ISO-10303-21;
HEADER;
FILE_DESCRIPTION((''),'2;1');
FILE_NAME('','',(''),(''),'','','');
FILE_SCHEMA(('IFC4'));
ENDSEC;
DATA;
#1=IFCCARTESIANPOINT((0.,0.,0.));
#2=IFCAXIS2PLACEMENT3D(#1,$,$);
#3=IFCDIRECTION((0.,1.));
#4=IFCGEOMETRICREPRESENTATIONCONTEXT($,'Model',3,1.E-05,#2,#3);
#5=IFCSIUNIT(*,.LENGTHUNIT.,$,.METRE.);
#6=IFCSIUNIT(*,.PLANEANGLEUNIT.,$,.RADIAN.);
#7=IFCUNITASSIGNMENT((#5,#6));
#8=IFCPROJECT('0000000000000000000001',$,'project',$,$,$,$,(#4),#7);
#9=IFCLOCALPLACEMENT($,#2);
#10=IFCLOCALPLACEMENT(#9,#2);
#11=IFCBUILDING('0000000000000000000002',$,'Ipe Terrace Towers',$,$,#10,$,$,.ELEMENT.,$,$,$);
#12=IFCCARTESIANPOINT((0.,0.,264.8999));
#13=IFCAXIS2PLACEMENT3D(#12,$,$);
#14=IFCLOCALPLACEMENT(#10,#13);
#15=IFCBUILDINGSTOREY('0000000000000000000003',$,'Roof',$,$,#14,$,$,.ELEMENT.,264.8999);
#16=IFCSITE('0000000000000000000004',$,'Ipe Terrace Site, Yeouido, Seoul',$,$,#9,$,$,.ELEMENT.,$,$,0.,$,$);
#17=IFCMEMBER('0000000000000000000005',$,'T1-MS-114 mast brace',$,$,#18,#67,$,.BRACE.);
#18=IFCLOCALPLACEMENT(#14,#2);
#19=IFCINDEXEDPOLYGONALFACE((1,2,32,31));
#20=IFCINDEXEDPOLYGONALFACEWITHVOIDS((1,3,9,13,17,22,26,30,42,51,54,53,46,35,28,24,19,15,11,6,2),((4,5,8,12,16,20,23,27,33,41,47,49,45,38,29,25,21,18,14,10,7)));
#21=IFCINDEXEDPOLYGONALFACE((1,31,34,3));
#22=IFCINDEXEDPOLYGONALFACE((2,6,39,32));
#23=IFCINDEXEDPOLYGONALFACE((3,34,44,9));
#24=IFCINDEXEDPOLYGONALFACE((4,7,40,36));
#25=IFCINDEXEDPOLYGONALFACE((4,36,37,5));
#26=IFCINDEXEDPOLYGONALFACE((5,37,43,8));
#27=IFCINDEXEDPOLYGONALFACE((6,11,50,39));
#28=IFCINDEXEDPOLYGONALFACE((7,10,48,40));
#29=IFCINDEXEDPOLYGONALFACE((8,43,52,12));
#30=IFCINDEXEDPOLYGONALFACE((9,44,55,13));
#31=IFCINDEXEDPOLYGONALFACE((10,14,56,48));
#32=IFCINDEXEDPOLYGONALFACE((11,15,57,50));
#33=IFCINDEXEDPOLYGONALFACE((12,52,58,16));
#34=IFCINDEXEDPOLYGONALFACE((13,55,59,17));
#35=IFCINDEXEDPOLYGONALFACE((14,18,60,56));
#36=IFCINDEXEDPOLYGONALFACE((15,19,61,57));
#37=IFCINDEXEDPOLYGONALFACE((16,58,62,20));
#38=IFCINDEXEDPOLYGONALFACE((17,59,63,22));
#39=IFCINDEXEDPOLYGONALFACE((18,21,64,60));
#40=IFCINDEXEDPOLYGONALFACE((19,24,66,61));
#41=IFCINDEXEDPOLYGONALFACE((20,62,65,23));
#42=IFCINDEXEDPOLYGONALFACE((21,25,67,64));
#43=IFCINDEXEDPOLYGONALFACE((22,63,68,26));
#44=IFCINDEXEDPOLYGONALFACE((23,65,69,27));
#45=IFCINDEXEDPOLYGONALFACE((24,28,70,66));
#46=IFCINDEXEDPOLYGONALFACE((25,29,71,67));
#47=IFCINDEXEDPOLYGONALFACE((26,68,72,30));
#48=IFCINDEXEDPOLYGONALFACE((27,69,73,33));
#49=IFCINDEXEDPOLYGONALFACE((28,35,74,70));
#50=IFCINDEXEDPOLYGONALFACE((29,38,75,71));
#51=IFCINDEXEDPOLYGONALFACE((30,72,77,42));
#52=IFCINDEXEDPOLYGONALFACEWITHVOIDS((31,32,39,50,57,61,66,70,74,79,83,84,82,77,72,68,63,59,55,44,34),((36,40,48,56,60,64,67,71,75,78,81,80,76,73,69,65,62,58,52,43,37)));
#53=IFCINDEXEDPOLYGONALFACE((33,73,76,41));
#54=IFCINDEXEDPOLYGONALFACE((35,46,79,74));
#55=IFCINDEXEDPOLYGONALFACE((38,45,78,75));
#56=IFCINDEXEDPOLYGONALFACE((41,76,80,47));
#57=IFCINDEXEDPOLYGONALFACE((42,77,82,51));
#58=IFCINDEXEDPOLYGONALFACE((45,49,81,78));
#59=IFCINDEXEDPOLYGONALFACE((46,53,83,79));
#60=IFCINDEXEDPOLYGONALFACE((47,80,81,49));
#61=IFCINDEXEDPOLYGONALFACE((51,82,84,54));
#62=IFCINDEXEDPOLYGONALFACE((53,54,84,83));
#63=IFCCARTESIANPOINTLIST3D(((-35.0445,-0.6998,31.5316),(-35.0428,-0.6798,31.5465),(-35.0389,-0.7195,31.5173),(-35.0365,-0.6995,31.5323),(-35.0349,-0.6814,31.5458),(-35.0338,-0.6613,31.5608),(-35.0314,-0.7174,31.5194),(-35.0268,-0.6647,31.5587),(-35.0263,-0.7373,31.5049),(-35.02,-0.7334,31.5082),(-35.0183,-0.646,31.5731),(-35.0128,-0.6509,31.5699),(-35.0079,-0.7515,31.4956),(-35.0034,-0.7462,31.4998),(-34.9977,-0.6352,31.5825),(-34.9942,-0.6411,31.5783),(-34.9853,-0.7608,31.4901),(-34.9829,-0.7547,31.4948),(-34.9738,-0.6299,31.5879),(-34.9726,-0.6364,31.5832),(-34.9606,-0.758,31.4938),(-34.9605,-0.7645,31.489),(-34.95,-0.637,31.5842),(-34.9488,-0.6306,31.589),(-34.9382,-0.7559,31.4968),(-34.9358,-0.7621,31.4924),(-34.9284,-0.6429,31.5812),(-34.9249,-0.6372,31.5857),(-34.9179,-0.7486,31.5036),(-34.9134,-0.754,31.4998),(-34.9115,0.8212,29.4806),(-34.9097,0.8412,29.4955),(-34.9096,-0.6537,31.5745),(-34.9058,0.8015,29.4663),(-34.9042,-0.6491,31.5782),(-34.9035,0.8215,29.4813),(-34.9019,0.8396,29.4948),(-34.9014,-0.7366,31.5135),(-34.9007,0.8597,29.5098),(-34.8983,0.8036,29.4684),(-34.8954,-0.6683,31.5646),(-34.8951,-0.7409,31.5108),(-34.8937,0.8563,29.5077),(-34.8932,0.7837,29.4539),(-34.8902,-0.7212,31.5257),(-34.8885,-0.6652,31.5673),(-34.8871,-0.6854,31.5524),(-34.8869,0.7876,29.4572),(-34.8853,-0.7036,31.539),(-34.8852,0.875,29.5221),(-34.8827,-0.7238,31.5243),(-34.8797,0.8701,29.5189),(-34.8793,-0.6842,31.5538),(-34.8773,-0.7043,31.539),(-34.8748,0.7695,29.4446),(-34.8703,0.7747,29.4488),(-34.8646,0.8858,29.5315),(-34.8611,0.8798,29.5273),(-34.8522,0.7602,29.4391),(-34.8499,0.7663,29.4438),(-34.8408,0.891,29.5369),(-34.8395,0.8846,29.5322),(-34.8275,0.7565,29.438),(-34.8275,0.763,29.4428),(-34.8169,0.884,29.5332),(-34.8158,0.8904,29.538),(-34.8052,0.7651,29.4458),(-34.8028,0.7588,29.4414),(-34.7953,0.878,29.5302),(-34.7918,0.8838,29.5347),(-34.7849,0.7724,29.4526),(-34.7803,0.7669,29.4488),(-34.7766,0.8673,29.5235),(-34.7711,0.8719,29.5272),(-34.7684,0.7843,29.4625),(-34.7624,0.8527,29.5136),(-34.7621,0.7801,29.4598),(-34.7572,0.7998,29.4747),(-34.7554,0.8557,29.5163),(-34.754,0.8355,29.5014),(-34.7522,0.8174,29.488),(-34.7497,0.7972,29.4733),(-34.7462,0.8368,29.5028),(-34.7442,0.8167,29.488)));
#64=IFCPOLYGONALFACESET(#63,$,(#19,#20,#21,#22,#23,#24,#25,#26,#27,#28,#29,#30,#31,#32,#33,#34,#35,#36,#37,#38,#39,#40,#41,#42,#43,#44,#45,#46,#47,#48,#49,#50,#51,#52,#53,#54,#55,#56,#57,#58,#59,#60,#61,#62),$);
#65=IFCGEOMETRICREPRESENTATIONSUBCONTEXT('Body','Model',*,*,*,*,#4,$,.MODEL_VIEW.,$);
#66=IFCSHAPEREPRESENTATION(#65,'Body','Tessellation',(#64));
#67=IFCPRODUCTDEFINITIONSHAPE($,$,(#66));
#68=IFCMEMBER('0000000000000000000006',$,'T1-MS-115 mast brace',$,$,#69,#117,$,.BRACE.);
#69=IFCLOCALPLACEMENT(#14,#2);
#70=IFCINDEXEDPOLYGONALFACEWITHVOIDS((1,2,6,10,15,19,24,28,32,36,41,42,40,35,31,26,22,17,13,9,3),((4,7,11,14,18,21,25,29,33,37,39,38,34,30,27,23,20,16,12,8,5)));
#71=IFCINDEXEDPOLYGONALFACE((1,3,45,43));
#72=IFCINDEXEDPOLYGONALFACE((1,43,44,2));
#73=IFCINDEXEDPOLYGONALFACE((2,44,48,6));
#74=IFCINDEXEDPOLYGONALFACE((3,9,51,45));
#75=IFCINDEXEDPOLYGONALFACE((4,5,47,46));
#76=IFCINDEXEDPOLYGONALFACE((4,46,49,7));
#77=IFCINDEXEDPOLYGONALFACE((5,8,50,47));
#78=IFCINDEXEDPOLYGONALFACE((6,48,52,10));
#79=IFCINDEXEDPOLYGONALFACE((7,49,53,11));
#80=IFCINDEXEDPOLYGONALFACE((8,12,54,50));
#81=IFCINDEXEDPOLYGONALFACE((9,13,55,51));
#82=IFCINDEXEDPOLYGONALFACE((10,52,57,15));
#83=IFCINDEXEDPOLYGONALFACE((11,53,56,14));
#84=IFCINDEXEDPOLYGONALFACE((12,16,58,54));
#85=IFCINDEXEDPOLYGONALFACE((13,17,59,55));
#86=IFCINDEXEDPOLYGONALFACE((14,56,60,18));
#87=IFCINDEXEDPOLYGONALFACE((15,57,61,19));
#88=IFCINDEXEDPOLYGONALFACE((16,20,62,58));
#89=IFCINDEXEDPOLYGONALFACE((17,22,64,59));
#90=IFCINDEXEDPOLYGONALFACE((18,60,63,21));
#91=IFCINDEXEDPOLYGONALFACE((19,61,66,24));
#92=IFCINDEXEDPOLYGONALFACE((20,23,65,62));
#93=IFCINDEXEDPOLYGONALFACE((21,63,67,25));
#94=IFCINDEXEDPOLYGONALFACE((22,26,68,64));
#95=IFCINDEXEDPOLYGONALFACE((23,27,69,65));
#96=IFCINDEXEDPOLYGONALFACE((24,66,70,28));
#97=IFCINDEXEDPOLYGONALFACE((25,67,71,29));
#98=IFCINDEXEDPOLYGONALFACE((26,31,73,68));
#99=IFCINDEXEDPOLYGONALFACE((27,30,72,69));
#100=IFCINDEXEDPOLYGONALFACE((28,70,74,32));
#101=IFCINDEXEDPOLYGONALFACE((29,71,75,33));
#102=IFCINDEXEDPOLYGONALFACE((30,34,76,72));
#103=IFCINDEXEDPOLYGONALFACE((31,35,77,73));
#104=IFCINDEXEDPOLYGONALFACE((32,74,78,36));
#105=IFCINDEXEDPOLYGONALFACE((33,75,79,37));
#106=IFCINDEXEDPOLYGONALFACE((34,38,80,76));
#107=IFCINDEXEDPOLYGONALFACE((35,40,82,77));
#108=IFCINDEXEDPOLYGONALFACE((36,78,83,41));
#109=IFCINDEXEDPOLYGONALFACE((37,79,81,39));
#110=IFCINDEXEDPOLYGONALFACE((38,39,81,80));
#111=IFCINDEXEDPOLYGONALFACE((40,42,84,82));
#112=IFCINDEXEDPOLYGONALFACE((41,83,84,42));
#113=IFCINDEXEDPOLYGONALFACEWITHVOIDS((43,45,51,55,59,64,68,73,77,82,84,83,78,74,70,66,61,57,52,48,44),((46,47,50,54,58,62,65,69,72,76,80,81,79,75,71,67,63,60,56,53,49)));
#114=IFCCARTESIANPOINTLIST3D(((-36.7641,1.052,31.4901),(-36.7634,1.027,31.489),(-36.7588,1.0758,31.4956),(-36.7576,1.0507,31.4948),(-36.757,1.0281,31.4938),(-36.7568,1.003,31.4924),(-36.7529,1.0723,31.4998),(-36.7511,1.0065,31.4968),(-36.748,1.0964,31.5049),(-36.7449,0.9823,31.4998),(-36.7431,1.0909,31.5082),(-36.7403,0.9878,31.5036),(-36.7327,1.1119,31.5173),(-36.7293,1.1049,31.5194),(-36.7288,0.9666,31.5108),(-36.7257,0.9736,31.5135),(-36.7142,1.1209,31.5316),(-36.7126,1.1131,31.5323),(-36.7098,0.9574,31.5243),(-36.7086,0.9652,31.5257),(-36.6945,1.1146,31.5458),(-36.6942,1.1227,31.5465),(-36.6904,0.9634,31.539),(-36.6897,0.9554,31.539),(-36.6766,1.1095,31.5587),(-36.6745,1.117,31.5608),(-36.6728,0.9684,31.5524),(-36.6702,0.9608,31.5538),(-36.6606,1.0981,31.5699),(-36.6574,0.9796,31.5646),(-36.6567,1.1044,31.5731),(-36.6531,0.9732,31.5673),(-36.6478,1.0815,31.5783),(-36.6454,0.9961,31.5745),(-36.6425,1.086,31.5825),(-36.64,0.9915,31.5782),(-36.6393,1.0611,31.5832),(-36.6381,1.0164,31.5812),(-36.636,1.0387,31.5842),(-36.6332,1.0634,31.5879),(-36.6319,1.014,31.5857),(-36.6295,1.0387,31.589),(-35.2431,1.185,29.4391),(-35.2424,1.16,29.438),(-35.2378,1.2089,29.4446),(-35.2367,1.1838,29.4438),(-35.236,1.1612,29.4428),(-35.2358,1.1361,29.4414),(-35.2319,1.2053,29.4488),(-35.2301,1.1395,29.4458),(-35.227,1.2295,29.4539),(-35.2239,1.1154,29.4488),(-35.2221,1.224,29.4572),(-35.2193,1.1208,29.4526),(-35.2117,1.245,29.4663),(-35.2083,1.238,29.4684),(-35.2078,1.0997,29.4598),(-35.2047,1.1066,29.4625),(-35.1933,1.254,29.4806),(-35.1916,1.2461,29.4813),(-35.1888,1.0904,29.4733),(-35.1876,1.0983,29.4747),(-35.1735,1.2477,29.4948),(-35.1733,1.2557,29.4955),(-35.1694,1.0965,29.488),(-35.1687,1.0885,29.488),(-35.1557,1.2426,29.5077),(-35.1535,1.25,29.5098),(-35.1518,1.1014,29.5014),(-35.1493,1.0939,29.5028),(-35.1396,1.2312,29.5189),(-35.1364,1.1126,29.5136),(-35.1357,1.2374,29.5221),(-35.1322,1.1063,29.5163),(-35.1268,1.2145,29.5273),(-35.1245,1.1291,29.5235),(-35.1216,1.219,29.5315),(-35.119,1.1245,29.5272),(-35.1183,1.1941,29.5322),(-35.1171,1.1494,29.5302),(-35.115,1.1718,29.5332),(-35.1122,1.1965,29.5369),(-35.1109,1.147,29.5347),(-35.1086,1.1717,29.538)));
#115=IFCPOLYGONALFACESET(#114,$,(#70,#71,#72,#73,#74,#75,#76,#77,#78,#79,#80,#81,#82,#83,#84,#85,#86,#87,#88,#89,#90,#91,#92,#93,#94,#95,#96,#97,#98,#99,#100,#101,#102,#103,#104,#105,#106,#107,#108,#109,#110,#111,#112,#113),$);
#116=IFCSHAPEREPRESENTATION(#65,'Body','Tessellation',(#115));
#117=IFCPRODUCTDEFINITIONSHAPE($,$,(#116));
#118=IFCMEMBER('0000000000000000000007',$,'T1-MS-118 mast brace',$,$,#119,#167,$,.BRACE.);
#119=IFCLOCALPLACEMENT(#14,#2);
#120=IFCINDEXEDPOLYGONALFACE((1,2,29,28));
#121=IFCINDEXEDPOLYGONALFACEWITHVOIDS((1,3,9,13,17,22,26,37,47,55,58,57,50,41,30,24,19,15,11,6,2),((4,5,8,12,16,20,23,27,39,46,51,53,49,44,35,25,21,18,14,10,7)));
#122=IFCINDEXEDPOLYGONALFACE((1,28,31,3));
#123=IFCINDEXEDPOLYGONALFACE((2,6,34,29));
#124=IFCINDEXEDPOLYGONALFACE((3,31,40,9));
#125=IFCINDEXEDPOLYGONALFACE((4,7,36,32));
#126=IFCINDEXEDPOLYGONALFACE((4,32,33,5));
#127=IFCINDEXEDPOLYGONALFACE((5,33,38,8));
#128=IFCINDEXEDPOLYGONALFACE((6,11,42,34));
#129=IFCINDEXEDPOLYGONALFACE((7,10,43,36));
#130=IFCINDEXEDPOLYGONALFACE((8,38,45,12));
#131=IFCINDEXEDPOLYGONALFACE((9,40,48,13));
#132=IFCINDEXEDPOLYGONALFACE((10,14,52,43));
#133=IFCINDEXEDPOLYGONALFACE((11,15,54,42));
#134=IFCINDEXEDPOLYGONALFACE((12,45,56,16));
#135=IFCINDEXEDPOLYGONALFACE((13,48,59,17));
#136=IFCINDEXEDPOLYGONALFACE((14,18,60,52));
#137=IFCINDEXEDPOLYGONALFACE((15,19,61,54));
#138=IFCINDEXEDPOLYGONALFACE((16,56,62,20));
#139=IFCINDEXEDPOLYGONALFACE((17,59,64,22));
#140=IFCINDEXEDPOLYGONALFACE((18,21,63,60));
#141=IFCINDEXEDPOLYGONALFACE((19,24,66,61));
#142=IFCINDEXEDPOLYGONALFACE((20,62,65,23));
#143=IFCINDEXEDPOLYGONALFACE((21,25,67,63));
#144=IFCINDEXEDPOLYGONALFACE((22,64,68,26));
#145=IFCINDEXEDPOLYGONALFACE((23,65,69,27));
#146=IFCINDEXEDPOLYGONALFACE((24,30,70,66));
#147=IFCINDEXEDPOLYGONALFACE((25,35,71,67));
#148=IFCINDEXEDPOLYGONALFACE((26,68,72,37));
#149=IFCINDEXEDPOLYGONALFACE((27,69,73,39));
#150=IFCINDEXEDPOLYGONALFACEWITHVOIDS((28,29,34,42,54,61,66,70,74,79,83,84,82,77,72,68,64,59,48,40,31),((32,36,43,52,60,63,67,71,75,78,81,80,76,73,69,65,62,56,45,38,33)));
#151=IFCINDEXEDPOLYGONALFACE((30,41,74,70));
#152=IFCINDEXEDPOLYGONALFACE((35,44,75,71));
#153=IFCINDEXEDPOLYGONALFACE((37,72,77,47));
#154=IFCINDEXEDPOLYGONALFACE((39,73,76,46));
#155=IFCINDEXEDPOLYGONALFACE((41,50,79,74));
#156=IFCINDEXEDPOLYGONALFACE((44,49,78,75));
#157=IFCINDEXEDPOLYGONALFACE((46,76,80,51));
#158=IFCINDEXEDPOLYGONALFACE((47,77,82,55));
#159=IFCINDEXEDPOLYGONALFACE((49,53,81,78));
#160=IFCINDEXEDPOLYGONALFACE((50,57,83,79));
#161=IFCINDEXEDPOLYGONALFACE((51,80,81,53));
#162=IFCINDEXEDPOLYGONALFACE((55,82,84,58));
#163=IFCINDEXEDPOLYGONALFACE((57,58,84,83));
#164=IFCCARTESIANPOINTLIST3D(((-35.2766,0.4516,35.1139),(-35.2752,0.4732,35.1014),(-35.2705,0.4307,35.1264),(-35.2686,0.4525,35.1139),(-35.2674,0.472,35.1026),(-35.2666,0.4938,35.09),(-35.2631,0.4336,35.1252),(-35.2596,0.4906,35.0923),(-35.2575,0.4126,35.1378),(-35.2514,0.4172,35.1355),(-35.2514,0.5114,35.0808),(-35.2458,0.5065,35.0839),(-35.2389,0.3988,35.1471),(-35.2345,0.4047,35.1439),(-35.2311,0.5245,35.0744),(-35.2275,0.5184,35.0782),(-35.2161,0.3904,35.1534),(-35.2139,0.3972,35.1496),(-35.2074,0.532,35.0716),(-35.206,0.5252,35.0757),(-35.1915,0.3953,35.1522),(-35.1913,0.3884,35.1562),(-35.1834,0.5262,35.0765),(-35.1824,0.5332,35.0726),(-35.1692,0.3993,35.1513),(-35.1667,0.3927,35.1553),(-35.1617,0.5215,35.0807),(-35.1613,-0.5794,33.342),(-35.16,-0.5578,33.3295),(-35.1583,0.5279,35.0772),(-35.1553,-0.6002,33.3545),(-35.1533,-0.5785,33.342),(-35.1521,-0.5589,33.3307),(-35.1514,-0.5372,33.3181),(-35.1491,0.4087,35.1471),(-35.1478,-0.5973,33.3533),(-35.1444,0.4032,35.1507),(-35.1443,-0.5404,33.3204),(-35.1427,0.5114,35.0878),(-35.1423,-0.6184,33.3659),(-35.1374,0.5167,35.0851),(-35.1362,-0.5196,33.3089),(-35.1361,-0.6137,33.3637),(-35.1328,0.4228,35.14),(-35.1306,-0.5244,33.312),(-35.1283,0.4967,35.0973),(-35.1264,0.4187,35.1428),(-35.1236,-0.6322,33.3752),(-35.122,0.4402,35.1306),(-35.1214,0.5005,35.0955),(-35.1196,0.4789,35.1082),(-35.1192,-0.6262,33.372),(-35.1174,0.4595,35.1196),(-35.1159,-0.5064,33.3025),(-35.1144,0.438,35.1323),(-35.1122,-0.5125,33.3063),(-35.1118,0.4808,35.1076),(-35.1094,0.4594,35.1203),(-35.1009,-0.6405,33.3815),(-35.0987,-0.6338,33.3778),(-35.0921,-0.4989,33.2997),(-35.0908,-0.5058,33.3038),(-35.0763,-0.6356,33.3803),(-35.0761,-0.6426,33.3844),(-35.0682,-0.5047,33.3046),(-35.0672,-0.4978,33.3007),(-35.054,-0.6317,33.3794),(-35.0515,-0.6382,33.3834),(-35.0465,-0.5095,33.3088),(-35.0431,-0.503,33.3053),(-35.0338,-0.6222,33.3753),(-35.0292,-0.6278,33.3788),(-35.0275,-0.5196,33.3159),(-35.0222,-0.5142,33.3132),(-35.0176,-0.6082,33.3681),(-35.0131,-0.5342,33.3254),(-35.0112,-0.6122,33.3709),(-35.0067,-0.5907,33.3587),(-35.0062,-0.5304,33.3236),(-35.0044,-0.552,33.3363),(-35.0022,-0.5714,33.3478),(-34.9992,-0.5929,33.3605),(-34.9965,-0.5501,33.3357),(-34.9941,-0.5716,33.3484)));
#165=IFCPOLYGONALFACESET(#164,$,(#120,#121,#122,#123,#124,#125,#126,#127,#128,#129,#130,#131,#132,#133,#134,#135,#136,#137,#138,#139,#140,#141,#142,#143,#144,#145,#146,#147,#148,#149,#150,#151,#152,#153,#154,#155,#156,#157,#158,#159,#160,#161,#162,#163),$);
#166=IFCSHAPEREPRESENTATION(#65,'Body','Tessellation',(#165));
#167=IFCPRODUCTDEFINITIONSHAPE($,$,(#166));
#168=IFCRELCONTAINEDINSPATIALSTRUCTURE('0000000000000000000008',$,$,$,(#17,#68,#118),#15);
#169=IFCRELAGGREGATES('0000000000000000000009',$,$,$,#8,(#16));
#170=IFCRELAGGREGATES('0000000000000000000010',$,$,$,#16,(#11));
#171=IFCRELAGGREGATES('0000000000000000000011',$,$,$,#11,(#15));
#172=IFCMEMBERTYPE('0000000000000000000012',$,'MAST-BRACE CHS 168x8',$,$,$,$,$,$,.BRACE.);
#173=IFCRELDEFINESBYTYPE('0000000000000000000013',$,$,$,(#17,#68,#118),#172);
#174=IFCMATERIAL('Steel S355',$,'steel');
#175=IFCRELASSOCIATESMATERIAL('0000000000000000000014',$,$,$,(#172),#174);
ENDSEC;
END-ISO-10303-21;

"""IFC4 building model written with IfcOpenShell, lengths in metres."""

from ifc_helpers import new_model, si_unit, direction, frame, origin, origin_2d, place, context, subcontext, project, spatial, hollow_circle, extrude, material, material_profile, profile_set, type_object, element, save


model = new_model("IFC4")

# Units and contexts
model_context = context("Model", 3, precision=1e-05, world=origin(), true_north=direction((0.0, 1.0)))
body_context = subcontext(model_context, "Body", "Model", "MODEL_VIEW")
ifc_project = project(units=[si_unit("LENGTHUNIT", "METRE"), si_unit("PLANEANGLEUNIT", "RADIAN")], contexts=[model_context])

# Site, building, storey
site_placement = place(None, origin())
site = spatial("IfcSite", under=ifc_project, at=site_placement, Name="Ipe Terrace Site, Yeouido, Seoul", CompositionType="ELEMENT", RefElevation=0.0)
building_placement = place(site_placement, origin())
building = spatial("IfcBuilding", under=site, at=building_placement, Name="Ipe Terrace Towers", CompositionType="ELEMENT")
storey_placement = place(building_placement, frame((0.0, 0.0, 264.8999)))
storey = spatial("IfcBuildingStorey", under=building, at=storey_placement, Name="Roof", CompositionType="ELEMENT", Elevation=264.8999)

# Members
ifc_material_1 = material(Name="Steel S355", Category="steel")
ifc_material_profile_1 = material_profile(ifc_material_1, hollow_circle(Radius=0.084, WallThickness=0.0081, at=origin_2d()), Name="MAST-BRACE CHS 168x8")
ifc_profile_set_1 = profile_set([ifc_material_profile_1], Name="Steel S355")
member_type_1 = type_object("IfcMemberType", Name="MAST-BRACE CHS 168x8", PredefinedType="BRACE", material=ifc_profile_set_1)
for number, where, z_axis, x_axis, name in (
    (1, (-34.8279, 0.824, 29.488), (-0.052038, -0.594855, 0.802147), (0.996195, -0.087147, 0.0), "T1-MS-114 mast brace"),
    (2, (-35.176, 1.1721, 29.488), (-0.594855, -0.052038, 0.802147), (0.087147, -0.996195, 0.0), "T1-MS-115 mast brace"),
):
    element("IfcMember", number, at=place(storey_placement, frame(where, z_axis=z_axis, x_axis=x_axis)), inside=storey, type_object=member_type_1, Name=name, PredefinedType="BRACE", context=body_context, shape_type="SweptSolid", body=[
        extrude(hollow_circle(Radius=0.084, WallThickness=0.0081, at=origin_2d()), origin(), (0.0, 0.0, 1.0), 2.5569),
    ])
member_1_placement = place(storey_placement, frame((-35.0779, -0.5701, 33.342), z_axis=(-0.056121, 0.502116, 0.862978), x_axis=(-0.993812, -0.111077, 0.0)))
element("IfcMember", 3, at=member_1_placement, inside=storey, type_object=member_type_1, Name="T1-MS-118 mast brace", PredefinedType="BRACE", context=body_context, shape_type="SweptSolid", body=[
    extrude(hollow_circle(Radius=0.084, WallThickness=0.0081, at=origin_2d()), origin(), (0.0, 0.0, 1.0), 2.0532),
])

save(model, "model.ifc")
